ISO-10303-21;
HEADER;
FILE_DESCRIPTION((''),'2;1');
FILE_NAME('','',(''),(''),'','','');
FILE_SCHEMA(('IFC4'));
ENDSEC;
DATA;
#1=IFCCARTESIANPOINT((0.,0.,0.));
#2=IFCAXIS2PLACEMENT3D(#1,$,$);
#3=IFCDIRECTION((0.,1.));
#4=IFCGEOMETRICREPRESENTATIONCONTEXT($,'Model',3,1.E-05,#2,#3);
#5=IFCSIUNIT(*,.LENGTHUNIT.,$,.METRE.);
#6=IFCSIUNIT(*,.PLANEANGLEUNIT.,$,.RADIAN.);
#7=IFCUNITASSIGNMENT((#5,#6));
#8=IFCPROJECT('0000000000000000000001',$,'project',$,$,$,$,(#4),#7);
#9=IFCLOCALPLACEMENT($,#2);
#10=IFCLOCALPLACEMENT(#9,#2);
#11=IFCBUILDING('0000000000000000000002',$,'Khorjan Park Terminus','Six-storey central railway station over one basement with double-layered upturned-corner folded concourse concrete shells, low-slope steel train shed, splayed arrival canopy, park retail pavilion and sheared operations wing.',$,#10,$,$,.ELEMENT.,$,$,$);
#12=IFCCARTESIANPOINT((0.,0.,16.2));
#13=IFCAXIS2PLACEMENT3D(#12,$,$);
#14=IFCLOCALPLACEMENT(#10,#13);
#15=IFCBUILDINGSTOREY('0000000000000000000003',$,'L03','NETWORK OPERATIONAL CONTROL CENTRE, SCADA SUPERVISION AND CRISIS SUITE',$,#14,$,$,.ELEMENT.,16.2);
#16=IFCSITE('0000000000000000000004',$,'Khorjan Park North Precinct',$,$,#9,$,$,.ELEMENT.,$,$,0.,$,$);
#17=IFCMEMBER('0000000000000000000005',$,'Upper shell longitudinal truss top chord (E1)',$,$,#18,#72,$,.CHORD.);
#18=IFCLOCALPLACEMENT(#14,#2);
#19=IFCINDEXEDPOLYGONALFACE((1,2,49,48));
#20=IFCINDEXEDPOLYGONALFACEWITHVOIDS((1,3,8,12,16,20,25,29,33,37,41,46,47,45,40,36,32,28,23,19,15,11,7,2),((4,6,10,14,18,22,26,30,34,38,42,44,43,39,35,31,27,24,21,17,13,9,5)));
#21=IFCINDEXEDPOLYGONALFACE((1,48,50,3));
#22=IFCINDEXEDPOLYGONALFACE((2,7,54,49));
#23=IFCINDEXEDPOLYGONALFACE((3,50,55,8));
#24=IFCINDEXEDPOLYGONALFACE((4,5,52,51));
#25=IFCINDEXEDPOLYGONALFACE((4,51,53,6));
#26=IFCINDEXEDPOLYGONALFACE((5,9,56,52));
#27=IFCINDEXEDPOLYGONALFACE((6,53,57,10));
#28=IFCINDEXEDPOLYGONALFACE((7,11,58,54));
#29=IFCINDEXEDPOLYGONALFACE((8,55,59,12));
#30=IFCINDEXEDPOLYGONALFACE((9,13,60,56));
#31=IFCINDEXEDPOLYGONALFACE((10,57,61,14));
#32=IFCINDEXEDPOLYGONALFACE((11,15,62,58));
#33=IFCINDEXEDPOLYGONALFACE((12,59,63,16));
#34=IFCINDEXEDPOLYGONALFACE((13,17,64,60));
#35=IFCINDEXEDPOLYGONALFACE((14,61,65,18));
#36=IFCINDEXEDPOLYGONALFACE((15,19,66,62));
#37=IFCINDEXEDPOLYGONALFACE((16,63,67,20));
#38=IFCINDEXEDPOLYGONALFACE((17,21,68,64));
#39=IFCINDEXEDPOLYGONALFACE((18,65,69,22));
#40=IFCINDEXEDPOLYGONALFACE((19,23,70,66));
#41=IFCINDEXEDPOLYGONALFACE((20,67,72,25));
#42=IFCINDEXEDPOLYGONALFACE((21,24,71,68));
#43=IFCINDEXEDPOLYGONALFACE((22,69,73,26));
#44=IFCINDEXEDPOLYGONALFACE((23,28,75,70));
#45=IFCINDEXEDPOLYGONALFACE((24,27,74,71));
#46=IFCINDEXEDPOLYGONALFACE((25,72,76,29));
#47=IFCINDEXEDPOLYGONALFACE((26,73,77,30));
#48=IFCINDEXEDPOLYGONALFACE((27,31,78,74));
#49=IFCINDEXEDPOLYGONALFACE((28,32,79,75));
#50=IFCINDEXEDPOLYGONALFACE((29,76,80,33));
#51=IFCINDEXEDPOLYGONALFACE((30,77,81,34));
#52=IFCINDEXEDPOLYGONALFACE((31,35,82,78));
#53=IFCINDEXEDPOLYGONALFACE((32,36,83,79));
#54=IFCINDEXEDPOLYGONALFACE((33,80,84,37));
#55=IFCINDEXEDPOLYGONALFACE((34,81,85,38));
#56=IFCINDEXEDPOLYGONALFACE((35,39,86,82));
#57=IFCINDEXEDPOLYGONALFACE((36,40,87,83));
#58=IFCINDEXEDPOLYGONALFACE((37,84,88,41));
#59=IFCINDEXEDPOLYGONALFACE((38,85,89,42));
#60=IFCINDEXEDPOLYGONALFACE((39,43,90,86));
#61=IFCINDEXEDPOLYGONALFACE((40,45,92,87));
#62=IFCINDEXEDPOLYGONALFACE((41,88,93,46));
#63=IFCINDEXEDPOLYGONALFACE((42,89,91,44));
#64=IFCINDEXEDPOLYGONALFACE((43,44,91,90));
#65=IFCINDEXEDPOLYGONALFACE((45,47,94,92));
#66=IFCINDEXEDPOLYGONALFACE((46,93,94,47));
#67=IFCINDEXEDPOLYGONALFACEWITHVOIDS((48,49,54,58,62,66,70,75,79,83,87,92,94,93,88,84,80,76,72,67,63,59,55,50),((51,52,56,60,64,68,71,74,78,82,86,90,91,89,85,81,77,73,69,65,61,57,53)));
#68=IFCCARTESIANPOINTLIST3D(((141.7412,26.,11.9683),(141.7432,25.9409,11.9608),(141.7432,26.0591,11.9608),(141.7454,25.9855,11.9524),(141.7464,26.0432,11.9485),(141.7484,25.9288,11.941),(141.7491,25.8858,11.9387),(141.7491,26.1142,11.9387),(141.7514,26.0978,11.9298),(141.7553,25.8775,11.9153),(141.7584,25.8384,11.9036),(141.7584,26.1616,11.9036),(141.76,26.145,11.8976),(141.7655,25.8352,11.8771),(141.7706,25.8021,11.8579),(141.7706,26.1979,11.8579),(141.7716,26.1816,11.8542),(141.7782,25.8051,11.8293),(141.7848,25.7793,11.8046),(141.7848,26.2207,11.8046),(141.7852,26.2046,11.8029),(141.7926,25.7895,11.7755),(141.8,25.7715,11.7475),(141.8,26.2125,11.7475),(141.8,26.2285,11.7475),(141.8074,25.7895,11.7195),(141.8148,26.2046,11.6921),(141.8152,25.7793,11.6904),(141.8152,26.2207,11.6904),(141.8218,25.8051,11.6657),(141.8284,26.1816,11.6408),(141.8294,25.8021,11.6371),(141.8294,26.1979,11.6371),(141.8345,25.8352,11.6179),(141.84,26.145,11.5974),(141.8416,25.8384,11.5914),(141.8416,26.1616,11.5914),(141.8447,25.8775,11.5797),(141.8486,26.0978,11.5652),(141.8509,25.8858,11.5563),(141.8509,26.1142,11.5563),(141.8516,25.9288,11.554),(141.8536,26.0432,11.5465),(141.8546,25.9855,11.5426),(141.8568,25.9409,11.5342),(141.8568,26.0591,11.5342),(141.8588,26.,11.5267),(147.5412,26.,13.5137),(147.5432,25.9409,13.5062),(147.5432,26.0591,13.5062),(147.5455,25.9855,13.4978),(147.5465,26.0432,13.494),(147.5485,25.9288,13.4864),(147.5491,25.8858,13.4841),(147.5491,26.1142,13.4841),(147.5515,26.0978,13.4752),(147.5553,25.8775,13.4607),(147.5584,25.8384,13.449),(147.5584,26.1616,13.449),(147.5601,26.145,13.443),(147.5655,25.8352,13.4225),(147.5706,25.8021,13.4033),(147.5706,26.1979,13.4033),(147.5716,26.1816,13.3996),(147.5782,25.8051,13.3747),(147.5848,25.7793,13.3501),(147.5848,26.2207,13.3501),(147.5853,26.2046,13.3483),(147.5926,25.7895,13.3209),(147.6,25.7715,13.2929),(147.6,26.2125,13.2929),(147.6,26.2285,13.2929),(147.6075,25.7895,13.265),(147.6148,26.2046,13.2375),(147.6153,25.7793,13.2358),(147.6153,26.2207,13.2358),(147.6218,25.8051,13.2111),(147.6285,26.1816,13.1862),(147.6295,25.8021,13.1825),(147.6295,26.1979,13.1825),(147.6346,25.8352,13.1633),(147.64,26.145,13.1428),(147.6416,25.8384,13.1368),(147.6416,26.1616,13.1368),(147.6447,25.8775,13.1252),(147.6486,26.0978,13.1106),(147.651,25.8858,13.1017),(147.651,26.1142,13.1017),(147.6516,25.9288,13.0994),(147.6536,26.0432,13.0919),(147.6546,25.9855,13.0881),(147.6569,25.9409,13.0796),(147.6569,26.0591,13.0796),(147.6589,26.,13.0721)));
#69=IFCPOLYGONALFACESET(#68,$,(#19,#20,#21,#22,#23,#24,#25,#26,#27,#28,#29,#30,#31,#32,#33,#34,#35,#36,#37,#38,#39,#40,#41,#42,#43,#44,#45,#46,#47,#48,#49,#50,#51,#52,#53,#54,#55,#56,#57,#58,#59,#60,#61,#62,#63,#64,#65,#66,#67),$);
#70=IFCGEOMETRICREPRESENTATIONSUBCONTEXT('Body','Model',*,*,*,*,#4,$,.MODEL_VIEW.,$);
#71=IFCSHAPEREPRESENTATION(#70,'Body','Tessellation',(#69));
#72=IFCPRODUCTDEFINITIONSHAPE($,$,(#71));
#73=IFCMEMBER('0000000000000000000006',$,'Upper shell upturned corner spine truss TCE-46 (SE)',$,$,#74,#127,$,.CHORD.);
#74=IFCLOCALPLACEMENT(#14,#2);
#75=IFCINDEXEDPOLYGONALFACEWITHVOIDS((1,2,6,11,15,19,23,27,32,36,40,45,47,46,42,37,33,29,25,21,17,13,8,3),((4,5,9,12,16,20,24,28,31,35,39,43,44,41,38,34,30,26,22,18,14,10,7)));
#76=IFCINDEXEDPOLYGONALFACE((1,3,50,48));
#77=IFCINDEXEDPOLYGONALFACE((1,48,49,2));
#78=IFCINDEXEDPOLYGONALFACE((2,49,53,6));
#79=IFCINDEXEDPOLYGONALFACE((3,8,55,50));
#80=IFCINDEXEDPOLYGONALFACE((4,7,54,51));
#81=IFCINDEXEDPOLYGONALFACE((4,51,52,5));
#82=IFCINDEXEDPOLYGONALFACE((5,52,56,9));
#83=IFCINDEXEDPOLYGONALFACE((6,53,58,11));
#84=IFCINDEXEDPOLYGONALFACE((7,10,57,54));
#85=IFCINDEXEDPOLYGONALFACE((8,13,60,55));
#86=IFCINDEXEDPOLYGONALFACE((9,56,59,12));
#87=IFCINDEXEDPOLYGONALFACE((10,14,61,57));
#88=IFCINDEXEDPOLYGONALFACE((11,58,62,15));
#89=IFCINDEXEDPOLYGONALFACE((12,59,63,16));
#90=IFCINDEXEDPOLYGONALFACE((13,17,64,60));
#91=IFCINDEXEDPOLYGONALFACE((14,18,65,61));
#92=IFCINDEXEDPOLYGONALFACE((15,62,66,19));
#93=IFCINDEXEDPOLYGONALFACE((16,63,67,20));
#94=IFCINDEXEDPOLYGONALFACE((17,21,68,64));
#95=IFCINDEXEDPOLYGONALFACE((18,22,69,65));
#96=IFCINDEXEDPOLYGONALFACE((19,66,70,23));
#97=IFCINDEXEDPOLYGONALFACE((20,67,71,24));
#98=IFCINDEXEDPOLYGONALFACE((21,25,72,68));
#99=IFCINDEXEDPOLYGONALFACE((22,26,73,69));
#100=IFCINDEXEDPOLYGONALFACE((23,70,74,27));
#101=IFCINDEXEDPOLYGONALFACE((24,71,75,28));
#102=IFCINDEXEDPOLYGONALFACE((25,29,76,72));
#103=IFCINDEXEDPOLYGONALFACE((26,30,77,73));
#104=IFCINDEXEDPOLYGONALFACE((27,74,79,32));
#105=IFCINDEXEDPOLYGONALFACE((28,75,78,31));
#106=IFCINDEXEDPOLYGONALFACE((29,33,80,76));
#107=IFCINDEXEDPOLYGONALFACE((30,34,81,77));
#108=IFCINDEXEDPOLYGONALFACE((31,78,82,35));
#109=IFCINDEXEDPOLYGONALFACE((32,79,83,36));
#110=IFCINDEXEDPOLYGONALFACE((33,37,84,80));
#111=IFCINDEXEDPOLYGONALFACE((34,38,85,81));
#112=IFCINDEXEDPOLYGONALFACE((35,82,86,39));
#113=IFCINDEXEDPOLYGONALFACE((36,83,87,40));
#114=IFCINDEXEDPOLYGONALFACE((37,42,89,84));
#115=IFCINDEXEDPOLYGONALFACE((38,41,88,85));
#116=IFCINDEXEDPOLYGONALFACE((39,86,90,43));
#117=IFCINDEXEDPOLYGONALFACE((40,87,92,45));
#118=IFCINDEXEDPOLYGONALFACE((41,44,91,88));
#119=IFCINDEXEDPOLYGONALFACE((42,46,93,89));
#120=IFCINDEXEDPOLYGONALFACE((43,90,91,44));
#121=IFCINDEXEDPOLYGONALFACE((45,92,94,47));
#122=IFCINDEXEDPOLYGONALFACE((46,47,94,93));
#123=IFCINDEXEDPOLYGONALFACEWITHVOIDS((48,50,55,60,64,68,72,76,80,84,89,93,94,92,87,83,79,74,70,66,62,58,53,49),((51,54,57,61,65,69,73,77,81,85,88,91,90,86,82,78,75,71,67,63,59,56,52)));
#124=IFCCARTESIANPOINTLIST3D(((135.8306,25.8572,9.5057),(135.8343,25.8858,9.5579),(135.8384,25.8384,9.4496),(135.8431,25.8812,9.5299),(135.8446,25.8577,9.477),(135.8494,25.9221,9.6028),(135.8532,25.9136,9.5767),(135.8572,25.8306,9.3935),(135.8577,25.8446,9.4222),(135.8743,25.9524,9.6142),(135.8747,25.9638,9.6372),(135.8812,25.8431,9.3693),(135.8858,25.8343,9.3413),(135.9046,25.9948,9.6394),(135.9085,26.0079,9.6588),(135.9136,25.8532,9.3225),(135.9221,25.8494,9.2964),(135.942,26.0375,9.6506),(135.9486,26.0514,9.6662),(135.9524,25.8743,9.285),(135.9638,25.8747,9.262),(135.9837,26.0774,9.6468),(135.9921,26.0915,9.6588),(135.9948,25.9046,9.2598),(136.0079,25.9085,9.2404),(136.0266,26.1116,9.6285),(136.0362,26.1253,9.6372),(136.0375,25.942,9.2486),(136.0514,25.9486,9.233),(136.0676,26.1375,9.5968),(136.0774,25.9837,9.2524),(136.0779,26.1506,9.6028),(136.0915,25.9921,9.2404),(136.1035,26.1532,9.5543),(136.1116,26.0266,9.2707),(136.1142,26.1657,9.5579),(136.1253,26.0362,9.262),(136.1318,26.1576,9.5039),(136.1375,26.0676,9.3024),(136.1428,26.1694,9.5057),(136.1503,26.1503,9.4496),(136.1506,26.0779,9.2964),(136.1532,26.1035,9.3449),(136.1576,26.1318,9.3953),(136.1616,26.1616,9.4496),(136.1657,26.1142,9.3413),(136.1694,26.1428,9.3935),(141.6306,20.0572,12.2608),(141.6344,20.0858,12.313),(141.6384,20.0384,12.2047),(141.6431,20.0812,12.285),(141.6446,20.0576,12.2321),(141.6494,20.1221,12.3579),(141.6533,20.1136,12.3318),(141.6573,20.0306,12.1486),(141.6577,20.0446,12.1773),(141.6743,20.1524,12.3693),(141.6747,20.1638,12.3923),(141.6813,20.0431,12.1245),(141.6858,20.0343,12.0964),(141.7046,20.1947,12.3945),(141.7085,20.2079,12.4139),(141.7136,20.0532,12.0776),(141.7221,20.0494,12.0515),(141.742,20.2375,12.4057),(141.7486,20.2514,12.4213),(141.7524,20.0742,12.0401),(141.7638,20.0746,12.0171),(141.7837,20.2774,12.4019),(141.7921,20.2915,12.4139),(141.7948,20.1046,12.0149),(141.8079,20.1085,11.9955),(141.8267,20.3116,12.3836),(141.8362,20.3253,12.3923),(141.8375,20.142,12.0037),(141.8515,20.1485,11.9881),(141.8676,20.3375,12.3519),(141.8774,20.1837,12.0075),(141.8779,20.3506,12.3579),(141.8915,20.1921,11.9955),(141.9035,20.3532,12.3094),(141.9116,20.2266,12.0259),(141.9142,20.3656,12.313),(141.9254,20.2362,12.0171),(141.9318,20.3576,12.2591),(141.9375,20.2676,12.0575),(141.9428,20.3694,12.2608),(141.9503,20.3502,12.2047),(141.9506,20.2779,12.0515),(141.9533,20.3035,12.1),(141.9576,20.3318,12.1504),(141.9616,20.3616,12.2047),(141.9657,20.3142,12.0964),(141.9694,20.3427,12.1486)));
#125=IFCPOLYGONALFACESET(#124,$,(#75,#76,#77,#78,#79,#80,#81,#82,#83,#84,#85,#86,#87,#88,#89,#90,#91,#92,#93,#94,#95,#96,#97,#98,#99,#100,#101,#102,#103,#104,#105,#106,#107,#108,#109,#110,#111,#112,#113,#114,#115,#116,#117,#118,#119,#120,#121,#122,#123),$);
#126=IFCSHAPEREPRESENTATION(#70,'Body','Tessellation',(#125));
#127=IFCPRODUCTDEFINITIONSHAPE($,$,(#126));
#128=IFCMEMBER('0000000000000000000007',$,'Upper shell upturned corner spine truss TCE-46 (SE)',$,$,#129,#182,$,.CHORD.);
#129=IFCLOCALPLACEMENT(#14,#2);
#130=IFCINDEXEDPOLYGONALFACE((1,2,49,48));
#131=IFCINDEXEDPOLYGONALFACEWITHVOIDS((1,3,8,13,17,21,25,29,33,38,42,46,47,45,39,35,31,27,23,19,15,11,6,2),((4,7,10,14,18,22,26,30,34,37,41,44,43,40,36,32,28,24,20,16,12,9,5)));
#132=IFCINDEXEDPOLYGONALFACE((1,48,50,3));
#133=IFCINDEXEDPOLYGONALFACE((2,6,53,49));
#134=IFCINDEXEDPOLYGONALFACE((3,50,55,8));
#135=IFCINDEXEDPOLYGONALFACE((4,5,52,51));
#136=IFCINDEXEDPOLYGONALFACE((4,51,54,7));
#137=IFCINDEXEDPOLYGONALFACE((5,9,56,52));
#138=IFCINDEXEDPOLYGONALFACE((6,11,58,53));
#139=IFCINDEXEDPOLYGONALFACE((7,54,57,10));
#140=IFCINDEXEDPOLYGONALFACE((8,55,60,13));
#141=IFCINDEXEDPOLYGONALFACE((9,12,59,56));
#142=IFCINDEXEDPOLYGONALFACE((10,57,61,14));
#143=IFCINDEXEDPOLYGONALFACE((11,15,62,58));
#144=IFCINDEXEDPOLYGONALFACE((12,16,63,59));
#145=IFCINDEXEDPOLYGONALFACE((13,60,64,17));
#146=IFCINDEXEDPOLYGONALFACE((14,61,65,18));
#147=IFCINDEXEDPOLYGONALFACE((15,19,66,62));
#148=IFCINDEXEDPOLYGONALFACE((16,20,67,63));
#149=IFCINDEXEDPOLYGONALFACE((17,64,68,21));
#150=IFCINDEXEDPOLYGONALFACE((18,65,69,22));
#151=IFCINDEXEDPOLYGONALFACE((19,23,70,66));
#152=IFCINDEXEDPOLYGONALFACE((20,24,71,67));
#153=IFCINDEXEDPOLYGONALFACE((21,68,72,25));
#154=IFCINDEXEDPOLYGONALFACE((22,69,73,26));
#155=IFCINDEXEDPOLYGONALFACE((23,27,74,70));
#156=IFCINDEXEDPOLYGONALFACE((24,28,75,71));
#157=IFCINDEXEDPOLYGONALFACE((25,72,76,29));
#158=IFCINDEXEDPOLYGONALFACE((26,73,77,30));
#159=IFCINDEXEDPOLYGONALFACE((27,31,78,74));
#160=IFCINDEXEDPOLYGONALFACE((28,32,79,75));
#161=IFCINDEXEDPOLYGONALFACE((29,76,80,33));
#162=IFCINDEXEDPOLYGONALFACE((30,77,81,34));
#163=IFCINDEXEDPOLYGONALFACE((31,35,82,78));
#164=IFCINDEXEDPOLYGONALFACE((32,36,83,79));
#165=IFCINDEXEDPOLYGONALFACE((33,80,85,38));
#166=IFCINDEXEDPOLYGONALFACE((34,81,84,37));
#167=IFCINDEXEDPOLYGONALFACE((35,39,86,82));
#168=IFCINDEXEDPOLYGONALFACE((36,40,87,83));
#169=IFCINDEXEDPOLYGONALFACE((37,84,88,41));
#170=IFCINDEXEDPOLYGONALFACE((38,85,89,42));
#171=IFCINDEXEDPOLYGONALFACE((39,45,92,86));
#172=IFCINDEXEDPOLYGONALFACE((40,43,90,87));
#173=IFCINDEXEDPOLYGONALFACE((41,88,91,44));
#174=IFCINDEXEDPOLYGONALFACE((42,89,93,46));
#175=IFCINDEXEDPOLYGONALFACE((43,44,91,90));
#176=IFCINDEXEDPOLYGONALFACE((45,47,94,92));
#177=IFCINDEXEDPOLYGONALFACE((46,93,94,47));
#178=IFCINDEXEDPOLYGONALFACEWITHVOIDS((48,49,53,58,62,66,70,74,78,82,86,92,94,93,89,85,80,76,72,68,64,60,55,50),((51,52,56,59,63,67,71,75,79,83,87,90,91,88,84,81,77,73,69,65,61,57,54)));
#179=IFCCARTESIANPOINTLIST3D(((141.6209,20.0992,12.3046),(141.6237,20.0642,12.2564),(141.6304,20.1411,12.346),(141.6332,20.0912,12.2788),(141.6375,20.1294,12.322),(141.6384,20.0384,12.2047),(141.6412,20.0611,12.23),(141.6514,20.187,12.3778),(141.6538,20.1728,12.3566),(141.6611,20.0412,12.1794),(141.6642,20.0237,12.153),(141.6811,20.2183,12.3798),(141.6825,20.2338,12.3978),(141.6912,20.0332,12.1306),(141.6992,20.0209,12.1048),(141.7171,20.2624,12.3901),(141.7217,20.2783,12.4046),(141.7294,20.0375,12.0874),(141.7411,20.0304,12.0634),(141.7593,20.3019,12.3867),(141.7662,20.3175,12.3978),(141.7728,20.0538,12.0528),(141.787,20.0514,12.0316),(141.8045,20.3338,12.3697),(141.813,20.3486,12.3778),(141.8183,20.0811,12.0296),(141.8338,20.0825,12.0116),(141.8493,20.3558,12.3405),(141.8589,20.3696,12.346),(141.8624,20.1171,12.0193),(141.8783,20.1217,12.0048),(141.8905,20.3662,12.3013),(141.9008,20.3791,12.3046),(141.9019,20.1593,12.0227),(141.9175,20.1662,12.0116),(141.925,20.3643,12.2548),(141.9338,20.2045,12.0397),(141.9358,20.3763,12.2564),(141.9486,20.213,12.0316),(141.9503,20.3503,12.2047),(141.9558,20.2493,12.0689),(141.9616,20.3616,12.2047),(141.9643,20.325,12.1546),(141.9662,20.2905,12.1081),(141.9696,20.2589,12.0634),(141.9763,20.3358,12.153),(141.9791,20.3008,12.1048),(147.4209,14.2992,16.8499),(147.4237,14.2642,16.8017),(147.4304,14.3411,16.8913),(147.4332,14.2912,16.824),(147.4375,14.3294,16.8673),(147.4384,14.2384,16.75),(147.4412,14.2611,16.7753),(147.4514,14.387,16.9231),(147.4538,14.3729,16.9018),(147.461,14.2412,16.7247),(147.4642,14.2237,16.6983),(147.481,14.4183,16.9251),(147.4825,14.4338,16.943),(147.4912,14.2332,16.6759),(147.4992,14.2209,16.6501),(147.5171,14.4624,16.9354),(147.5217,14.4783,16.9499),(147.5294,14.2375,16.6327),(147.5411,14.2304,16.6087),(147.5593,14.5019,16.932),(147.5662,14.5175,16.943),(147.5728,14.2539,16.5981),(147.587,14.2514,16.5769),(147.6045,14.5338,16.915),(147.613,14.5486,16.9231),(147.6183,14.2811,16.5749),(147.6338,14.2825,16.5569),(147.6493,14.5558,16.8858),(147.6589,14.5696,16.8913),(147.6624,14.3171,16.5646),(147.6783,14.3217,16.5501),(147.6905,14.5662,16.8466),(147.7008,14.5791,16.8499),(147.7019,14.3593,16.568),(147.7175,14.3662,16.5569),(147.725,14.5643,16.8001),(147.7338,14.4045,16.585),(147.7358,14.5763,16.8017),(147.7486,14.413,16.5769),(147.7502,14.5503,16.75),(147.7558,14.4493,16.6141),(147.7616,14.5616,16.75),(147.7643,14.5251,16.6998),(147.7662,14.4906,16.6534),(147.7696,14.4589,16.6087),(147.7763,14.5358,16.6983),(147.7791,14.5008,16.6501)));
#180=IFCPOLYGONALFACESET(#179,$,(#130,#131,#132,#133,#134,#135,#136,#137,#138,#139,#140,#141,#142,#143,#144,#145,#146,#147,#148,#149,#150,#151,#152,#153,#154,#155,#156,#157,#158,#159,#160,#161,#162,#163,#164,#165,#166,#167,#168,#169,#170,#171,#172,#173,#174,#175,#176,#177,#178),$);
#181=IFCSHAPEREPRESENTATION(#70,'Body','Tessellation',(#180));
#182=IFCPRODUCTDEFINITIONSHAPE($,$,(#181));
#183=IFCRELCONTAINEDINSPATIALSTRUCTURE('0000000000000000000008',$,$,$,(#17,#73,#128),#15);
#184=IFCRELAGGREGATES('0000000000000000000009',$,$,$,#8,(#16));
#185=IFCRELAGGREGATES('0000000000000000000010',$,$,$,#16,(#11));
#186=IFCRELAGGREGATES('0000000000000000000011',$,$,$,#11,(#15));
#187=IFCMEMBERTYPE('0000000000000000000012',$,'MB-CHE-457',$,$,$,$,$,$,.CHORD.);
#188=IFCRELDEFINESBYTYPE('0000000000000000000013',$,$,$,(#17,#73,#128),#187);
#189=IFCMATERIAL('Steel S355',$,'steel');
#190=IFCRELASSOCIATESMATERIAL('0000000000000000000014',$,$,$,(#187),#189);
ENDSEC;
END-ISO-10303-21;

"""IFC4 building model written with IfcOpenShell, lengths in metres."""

from ifc_helpers import new_model, si_unit, direction, frame, origin, origin_2d, place, context, subcontext, project, spatial, hollow_circle, extrude, material, material_profile, profile_set, type_object, element, save


model = new_model("IFC4")

# Units and contexts
model_context = context("Model", 3, precision=1e-05, world=origin(), true_north=direction((0.0, 1.0)))
body_context = subcontext(model_context, "Body", "Model", "MODEL_VIEW")
ifc_project = project(units=[si_unit("LENGTHUNIT", "METRE"), si_unit("PLANEANGLEUNIT", "RADIAN")], contexts=[model_context])

# Site, building, storey
site_placement = place(None, origin())
site = spatial("IfcSite", under=ifc_project, at=site_placement, Name="Khorjan Park North Precinct", CompositionType="ELEMENT", RefElevation=0.0)
building_placement = place(site_placement, origin())
building = spatial("IfcBuilding", under=site, at=building_placement, Name="Khorjan Park Terminus", Description="Six-storey central railway station over one basement with double-layered upturned-corner folded concourse concrete shells, low-slope steel train shed, splayed arrival canopy, park retail pavilion and sheared operations wing.", CompositionType="ELEMENT")
storey_placement = place(building_placement, frame((0.0, 0.0, 16.2)))
storey = spatial("IfcBuildingStorey", under=building, at=storey_placement, Name="L03", Description="NETWORK OPERATIONAL CONTROL CENTRE, SCADA SUPERVISION AND CRISIS SUITE", CompositionType="ELEMENT", Elevation=16.2)

# Members
ifc_material = material(Name="Steel S355", Category="steel")
ifc_material_profile_1 = material_profile(ifc_material, hollow_circle(Radius=0.2285, WallThickness=0.016, at=origin_2d()), Name="CHS 457x16")
ifc_profile_set_1 = profile_set([ifc_material_profile_1], Name="Steel S355")
member_type_1 = type_object("IfcMemberType", Name="MB-CHE-457", PredefinedType="CHORD", material=ifc_profile_set_1)
member_1_placement = place(storey_placement, frame((141.8, 26.0, 11.7475), z_axis=(0.966287, 0.0, 0.257466), x_axis=(0.0, 1.0, 0.0)))
element("IfcMember", 1, at=member_1_placement, inside=storey, type_object=member_type_1, Name="Upper shell longitudinal truss top chord (E1)", PredefinedType="CHORD", context=body_context, shape_type="SweptSolid", body=[
    extrude(hollow_circle(Radius=0.2285, WallThickness=0.016, at=origin_2d()), origin(), (0.0, 0.0, 1.0), 6.0024),
])
member_2_placement = place(storey_placement, frame((136.0, 26.0, 9.4496), z_axis=(0.670305, -0.670305, 0.318406), x_axis=(0.707107, 0.707107, 0.0)))
element("IfcMember", 2, at=member_2_placement, inside=storey, type_object=member_type_1, Name="Upper shell upturned corner spine truss TCE-46 (SE)", PredefinedType="CHORD", context=body_context, shape_type="SweptSolid", body=[
    extrude(hollow_circle(Radius=0.2285, WallThickness=0.016, at=origin_2d()), origin(), (0.0, 0.0, 1.0), 8.6528),
])
member_3_placement = place(storey_placement, frame((141.8, 20.2, 12.2047), z_axis=(0.618494, -0.618494, 0.484697), x_axis=(0.707107, 0.707107, 0.0)))
element("IfcMember", 3, at=member_3_placement, inside=storey, type_object=member_type_1, Name="Upper shell upturned corner spine truss TCE-46 (SE)", PredefinedType="CHORD", context=body_context, shape_type="SweptSolid", body=[
    extrude(hollow_circle(Radius=0.2285, WallThickness=0.016, at=origin_2d()), origin(), (0.0, 0.0, 1.0), 9.3776),
])

save(model, "model.ifc")
